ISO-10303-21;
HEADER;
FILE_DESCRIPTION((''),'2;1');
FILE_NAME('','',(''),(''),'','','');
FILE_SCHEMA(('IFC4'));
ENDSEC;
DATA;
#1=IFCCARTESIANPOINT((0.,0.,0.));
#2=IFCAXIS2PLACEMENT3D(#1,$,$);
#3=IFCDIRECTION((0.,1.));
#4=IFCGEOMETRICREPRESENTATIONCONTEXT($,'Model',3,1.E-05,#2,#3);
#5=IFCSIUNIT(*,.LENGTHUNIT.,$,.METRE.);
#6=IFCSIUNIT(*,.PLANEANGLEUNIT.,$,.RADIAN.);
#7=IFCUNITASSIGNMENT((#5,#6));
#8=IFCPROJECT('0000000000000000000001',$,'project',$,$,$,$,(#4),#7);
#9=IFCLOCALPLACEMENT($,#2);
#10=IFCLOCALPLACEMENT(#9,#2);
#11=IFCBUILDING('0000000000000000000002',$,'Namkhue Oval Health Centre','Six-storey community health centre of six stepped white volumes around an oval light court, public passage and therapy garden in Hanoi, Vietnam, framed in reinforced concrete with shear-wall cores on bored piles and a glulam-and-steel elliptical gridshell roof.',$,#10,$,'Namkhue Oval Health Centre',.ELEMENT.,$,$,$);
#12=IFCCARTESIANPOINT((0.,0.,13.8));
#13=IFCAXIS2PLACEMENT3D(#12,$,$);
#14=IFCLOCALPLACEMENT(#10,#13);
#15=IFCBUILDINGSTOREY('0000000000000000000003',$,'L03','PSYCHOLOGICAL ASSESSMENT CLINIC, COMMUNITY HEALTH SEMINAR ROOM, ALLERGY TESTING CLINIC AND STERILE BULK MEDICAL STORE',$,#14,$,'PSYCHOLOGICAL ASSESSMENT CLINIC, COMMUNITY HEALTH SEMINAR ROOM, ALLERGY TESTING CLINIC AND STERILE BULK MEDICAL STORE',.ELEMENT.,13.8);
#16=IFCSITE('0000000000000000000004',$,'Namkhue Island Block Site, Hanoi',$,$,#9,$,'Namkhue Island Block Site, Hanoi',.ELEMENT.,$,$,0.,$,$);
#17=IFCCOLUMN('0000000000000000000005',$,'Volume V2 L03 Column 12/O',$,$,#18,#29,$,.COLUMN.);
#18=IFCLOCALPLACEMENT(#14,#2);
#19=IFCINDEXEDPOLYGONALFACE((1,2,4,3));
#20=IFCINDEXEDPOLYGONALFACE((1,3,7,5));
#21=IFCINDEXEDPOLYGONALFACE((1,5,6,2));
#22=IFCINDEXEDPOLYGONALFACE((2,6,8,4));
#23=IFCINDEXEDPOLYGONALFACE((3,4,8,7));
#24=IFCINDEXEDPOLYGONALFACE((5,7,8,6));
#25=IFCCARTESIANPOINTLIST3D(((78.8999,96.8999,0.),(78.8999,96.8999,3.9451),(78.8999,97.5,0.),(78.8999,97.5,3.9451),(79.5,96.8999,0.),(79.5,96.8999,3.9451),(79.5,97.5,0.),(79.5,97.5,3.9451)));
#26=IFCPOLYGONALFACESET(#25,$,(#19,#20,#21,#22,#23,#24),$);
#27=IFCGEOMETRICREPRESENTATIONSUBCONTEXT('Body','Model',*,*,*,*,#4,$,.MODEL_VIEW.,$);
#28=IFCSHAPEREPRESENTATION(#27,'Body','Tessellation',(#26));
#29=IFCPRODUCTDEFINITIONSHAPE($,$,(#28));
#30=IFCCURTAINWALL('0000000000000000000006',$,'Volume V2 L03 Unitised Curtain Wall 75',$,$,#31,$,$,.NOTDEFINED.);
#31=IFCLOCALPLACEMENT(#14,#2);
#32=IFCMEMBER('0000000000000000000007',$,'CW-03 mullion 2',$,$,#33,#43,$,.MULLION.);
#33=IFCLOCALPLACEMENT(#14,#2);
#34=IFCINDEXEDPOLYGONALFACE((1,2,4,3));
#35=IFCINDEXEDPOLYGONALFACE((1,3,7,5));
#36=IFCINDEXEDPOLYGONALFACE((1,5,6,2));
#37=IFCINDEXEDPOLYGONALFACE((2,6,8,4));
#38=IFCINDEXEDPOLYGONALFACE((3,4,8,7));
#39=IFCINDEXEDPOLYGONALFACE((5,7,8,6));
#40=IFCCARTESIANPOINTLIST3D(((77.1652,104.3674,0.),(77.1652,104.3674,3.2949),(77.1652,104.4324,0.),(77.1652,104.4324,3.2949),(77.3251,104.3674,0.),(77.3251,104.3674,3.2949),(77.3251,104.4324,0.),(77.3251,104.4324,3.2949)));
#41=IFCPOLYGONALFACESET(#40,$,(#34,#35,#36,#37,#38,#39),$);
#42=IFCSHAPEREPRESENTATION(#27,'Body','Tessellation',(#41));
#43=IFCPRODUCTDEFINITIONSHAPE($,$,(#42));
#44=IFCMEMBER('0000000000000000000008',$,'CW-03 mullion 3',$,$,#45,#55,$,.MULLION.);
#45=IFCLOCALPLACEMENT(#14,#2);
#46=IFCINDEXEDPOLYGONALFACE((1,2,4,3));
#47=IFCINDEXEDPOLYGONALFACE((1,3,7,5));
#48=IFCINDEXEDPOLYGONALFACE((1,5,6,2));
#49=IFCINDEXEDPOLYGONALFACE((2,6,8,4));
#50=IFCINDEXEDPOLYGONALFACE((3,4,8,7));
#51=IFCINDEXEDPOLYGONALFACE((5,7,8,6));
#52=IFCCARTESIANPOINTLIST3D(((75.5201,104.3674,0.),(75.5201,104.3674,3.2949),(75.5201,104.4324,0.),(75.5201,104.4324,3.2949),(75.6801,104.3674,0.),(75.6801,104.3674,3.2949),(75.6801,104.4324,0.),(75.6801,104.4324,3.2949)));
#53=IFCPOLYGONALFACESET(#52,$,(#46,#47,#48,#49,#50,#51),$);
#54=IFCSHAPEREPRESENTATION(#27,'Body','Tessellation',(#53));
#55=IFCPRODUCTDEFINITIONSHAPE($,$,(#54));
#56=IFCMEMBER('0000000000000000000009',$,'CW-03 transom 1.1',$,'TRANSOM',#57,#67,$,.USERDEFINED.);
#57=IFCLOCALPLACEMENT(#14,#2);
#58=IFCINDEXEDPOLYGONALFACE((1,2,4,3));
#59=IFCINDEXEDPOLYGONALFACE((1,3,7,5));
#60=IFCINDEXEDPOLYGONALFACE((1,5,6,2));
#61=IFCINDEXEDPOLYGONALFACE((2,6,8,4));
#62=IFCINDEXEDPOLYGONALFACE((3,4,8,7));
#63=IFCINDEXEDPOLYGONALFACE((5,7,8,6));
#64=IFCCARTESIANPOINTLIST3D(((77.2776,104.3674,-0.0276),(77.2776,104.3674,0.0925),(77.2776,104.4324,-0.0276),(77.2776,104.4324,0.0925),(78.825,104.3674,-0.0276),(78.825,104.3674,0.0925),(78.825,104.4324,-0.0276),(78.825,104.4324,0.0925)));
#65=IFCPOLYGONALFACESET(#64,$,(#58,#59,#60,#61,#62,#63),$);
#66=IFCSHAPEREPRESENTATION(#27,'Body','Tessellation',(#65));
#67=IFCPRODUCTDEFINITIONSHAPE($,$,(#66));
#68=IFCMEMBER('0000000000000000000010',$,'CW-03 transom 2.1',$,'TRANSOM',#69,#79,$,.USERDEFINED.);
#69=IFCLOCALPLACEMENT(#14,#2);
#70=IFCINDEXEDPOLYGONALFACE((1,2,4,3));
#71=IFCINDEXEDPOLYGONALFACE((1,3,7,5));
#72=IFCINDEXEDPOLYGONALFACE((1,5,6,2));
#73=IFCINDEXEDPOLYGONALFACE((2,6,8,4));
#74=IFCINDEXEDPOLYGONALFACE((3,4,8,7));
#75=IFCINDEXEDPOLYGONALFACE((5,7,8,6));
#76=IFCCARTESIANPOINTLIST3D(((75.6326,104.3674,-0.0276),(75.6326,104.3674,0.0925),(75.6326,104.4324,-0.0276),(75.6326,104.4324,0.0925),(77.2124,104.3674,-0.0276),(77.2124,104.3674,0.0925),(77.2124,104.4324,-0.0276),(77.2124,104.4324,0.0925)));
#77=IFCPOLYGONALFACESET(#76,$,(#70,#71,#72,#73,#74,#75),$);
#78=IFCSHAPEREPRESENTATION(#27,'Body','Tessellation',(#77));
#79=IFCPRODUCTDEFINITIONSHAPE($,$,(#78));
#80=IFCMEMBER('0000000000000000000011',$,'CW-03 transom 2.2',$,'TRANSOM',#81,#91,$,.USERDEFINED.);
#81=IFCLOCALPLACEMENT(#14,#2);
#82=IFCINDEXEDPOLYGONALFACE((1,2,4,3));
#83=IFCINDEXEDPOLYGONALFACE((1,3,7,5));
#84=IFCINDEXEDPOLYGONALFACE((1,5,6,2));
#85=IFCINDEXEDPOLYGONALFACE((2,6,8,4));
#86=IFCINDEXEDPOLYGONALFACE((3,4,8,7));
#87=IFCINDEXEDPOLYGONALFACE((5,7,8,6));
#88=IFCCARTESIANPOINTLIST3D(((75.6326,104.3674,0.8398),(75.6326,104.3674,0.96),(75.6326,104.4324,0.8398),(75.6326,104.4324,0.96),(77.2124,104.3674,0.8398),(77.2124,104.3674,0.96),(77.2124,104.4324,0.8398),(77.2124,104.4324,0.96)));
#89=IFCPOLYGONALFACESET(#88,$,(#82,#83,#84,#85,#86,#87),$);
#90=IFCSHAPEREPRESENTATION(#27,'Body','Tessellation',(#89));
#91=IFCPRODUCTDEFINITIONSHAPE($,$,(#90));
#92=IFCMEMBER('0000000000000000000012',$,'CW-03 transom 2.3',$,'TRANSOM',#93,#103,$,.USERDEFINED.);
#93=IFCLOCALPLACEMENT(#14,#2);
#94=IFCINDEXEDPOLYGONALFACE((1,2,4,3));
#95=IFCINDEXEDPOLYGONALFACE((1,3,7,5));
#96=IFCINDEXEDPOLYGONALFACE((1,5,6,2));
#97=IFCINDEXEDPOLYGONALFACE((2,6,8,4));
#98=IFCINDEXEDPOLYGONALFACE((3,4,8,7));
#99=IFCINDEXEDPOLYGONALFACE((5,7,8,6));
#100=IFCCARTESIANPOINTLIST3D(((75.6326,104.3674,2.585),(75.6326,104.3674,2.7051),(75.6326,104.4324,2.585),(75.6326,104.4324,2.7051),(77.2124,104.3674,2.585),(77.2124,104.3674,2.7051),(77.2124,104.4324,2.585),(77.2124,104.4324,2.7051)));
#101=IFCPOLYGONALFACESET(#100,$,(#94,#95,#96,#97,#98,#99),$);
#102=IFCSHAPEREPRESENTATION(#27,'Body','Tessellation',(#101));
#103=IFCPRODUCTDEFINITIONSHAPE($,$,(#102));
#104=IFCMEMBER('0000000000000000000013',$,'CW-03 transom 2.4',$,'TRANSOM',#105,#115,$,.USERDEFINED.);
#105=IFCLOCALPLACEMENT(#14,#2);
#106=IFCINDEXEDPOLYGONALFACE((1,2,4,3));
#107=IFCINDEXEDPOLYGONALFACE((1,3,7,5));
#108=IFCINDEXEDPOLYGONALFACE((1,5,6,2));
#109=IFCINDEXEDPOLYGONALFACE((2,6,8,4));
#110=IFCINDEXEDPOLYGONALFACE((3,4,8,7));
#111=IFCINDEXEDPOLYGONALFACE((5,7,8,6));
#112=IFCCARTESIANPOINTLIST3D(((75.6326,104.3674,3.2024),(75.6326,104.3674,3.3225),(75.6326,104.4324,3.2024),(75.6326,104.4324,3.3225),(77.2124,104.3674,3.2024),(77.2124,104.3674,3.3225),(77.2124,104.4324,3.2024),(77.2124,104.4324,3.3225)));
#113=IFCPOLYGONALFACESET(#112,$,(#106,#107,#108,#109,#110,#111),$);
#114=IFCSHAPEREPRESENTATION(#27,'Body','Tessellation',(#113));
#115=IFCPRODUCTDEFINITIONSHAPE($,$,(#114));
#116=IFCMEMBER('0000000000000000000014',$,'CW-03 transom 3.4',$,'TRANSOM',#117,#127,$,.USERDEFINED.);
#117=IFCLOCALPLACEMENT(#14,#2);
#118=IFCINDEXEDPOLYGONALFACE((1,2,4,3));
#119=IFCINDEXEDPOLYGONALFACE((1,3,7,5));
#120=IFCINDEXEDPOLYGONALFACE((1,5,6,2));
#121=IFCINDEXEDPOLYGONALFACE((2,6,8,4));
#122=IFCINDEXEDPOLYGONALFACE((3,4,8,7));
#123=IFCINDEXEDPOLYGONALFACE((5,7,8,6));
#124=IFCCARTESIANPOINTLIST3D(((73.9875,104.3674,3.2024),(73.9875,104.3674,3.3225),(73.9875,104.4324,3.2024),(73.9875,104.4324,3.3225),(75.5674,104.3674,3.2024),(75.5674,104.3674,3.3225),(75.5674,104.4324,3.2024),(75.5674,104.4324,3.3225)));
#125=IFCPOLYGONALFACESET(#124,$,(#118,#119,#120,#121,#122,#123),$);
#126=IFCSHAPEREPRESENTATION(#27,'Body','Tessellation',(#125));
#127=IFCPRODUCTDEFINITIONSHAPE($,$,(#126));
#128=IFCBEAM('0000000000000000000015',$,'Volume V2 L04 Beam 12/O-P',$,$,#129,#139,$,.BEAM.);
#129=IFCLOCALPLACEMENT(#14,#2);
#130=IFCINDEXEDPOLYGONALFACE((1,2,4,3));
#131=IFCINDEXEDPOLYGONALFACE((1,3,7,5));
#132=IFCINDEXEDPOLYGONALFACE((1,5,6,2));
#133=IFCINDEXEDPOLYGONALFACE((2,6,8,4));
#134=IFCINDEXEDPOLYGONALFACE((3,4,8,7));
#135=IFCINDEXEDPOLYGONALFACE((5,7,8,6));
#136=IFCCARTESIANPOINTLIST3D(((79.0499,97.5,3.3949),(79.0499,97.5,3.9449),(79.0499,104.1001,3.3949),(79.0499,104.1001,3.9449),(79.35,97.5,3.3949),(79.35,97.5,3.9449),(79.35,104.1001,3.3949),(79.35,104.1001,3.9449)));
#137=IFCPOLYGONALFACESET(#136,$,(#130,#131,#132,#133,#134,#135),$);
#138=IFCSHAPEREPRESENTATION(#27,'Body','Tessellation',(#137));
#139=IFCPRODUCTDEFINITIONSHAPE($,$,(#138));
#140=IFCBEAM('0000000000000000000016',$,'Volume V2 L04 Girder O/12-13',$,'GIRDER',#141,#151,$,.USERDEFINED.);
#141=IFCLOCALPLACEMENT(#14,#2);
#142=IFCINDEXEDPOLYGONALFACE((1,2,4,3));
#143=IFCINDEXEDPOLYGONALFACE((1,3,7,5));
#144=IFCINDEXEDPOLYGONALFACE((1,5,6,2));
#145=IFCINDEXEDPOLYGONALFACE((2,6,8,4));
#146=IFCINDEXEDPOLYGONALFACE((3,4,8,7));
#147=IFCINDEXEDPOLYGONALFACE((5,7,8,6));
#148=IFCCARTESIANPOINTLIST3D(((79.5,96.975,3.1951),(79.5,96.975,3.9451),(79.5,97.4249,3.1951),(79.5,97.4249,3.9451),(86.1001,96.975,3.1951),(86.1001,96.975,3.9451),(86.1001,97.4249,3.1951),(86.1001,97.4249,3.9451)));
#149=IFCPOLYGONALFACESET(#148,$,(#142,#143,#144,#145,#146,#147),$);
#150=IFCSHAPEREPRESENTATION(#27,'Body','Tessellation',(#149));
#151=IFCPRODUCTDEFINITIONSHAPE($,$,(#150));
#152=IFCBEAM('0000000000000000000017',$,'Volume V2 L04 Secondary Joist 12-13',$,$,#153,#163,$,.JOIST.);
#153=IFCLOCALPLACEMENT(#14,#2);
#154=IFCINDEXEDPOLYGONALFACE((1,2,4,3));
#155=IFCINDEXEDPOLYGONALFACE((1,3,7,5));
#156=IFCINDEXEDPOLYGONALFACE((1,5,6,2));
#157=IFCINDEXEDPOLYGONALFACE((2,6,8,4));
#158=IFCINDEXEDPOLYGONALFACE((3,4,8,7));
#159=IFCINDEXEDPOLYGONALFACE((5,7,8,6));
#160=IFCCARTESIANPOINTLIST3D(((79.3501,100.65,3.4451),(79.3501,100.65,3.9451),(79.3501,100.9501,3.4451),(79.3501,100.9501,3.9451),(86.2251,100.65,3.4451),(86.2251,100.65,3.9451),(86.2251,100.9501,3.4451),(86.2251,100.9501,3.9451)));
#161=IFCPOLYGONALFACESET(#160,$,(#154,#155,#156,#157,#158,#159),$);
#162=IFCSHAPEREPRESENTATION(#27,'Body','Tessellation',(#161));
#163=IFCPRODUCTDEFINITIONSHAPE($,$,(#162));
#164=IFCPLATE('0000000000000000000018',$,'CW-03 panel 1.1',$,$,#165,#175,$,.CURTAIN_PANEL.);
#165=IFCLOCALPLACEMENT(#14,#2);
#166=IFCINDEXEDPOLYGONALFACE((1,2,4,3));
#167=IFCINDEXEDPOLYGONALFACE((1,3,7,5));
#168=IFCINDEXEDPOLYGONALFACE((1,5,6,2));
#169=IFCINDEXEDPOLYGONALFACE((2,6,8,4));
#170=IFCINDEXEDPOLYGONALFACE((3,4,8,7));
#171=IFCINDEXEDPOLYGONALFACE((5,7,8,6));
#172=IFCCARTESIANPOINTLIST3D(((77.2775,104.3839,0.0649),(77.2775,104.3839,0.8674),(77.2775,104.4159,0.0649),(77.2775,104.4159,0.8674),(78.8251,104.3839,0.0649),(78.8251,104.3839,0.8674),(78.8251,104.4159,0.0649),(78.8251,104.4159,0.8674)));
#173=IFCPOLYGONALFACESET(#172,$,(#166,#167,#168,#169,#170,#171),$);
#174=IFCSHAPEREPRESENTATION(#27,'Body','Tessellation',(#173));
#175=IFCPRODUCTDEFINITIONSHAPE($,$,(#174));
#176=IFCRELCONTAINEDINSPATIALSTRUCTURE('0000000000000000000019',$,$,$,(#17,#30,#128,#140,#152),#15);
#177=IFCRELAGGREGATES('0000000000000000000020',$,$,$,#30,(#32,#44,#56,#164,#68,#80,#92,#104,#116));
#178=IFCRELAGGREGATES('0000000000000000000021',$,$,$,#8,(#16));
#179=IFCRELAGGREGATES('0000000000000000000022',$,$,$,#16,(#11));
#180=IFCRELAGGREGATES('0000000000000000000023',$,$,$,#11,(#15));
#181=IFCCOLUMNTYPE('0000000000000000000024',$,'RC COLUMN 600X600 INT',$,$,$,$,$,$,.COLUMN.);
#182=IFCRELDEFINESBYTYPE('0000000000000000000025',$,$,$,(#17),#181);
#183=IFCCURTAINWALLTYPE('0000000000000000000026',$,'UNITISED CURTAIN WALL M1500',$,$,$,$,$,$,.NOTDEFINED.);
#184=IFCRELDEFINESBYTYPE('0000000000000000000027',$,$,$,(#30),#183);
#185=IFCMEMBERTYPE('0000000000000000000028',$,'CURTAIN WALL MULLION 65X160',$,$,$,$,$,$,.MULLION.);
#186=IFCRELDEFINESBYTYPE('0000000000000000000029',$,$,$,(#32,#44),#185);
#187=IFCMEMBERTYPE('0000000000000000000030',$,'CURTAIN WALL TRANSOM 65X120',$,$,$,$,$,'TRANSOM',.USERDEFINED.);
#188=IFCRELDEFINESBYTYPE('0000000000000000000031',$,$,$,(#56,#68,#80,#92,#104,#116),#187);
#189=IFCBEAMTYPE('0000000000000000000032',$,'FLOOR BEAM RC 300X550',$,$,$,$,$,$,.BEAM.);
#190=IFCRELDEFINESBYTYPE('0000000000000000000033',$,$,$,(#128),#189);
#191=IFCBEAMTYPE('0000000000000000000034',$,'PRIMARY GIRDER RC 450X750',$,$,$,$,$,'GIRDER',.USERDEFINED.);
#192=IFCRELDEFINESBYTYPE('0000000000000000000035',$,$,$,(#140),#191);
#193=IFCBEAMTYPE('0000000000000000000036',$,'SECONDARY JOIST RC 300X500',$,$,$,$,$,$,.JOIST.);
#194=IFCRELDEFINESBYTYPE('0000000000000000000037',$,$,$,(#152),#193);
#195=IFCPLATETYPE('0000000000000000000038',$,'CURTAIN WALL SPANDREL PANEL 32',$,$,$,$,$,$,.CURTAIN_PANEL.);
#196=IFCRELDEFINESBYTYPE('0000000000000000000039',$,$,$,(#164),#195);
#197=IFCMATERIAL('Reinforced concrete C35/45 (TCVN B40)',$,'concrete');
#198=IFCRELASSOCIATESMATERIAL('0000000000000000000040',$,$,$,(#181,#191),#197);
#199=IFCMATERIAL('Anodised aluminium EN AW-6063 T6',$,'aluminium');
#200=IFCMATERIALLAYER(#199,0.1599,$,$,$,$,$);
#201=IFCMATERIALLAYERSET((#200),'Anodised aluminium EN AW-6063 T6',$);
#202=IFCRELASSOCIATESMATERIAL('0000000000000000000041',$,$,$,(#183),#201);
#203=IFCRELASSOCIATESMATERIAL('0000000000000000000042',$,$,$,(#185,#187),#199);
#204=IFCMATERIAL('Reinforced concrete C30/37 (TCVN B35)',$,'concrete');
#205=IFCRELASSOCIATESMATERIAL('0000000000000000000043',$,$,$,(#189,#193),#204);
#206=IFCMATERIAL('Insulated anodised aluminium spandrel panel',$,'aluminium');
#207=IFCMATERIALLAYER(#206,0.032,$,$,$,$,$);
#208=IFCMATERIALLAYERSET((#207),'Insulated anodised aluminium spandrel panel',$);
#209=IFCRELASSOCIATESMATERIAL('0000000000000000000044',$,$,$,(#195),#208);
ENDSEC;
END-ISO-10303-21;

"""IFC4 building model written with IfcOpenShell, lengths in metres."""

from ifc_helpers import new_model, si_unit, direction, frame, origin, origin_2d, place, context, subcontext, project, spatial, rectangle, extrude, material, layer, layer_set, material_profile, profile_set, type_object, element, aggregate, save


model = new_model("IFC4")

# Units and contexts
model_context = context("Model", 3, precision=1e-05, world=origin(), true_north=direction((0.0, 1.0)))
body_context = subcontext(model_context, "Body", "Model", "MODEL_VIEW")
ifc_project = project(units=[si_unit("LENGTHUNIT", "METRE"), si_unit("PLANEANGLEUNIT", "RADIAN")], contexts=[model_context])

# Site, building, storey
site_placement = place(None, origin())
site = spatial("IfcSite", under=ifc_project, at=site_placement, Name="Namkhue Island Block Site, Hanoi", LongName="Namkhue Island Block Site, Hanoi", CompositionType="ELEMENT", RefElevation=0.0)
building_placement = place(site_placement, origin())
building = spatial("IfcBuilding", under=site, at=building_placement, Name="Namkhue Oval Health Centre", Description="Six-storey community health centre of six stepped white volumes around an oval light court, public passage and therapy garden in Hanoi, Vietnam, framed in reinforced concrete with shear-wall cores on bored piles and a glulam-and-steel elliptical gridshell roof.", LongName="Namkhue Oval Health Centre", CompositionType="ELEMENT")
storey_placement = place(building_placement, frame((0.0, 0.0, 13.8)))
storey = spatial("IfcBuildingStorey", under=building, at=storey_placement, Name="L03", Description="PSYCHOLOGICAL ASSESSMENT CLINIC, COMMUNITY HEALTH SEMINAR ROOM, ALLERGY TESTING CLINIC AND STERILE BULK MEDICAL STORE", LongName="PSYCHOLOGICAL ASSESSMENT CLINIC, COMMUNITY HEALTH SEMINAR ROOM, ALLERGY TESTING CLINIC AND STERILE BULK MEDICAL STORE", CompositionType="ELEMENT", Elevation=13.8)

# Column
ifc_material_1 = material(Name="Reinforced concrete C35/45 (TCVN B40)", Category="concrete")
ifc_material_profile_1 = material_profile(ifc_material_1, rectangle(XDim=0.6001, YDim=0.6001, at=origin_2d()), Name="RC 600x600")
ifc_profile_set_1 = profile_set([ifc_material_profile_1], Name="Reinforced concrete C35/45 (TCVN B40)")
column_type = type_object("IfcColumnType", Name="RC COLUMN 600X600 INT", PredefinedType="COLUMN", material=ifc_profile_set_1)
column_placement = place(storey_placement, frame((79.2, 97.2, 0.0), z_axis=(0.0, 0.0, 1.0), x_axis=(1.0, 0.0, 0.0)))
element("IfcColumn", 1, at=column_placement, inside=storey, type_object=column_type, Name="Volume V2 L03 Column 12/O", PredefinedType="COLUMN", context=body_context, shape_type="SweptSolid", body=[
    extrude(rectangle(XDim=0.6001, YDim=0.6001, at=origin_2d()), origin(), (0.0, 0.0, 1.0), 3.9451),
])

# Curtain wall, members
ifc_material_2 = material(Name="Anodised aluminium EN AW-6063 T6", Category="aluminium")
ifc_layer_1 = layer(ifc_material_2, 0.1599)
ifc_layer_set_1 = layer_set([ifc_layer_1], Name="Anodised aluminium EN AW-6063 T6")
curtain_wall_type = type_object("IfcCurtainWallType", Name="UNITISED CURTAIN WALL M1500", PredefinedType="NOTDEFINED", material=ifc_layer_set_1)
curtain_wall_placement = place(storey_placement, origin())
curtain_wall = element("IfcCurtainWall", 2, at=curtain_wall_placement, inside=storey, type_object=curtain_wall_type, Name="Volume V2 L03 Unitised Curtain Wall 75", PredefinedType="NOTDEFINED")
ifc_material_profile_2 = material_profile(ifc_material_2, rectangle(XDim=0.0649, YDim=0.1599, at=origin_2d()), Name="ALU 65x160")
ifc_profile_set_2 = profile_set([ifc_material_profile_2], Name="Anodised aluminium EN AW-6063 T6")
member_type_1 = type_object("IfcMemberType", Name="CURTAIN WALL MULLION 65X160", PredefinedType="MULLION", material=ifc_profile_set_2)
member_1_placement = place(storey_placement, frame((77.2451, 104.3999, 0.0), z_axis=(0.0, 0.0, 1.0), x_axis=(0.0, -1.0, 0.0)))
member_1 = element("IfcMember", 3, at=member_1_placement, type_object=member_type_1, Name="CW-03 mullion 2", PredefinedType="MULLION", context=body_context, shape_type="SweptSolid", body=[
    extrude(rectangle(XDim=0.0649, YDim=0.1599, at=origin_2d()), origin(), (0.0, 0.0, 1.0), 3.2949),
])
member_2_placement = place(storey_placement, frame((75.6001, 104.3999, 0.0), z_axis=(0.0, 0.0, 1.0), x_axis=(0.0, -1.0, 0.0)))
member_2 = element("IfcMember", 4, at=member_2_placement, type_object=member_type_1, Name="CW-03 mullion 3", PredefinedType="MULLION", context=body_context, shape_type="SweptSolid", body=[
    extrude(rectangle(XDim=0.0649, YDim=0.1599, at=origin_2d()), origin(), (0.0, 0.0, 1.0), 3.2949),
])
ifc_material_profile_3 = material_profile(ifc_material_2, rectangle(XDim=0.0649, YDim=0.1201, at=origin_2d()), Name="ALU 65x120")
ifc_profile_set_3 = profile_set([ifc_material_profile_3], Name="Anodised aluminium EN AW-6063 T6")
member_type_2 = type_object("IfcMemberType", Name="CURTAIN WALL TRANSOM 65X120", ElementType="TRANSOM", PredefinedType="USERDEFINED", material=ifc_profile_set_3)
member_3_placement = place(storey_placement, frame((78.825, 104.3999, 0.0325), z_axis=(-1.0, 0.0, 0.0), x_axis=(0.0, -1.0, 0.0)))
member_3 = element("IfcMember", 5, at=member_3_placement, type_object=member_type_2, Name="CW-03 transom 1.1", ObjectType="TRANSOM", PredefinedType="USERDEFINED", context=body_context, shape_type="SweptSolid", body=[
    extrude(rectangle(XDim=0.0649, YDim=0.1201, at=origin_2d()), origin(), (0.0, 0.0, 1.0), 1.5474),
])
member_4_placement = place(storey_placement, frame((77.2124, 104.3999, 0.0325), z_axis=(-1.0, 0.0, 0.0), x_axis=(0.0, -1.0, 0.0)))
member_4 = element("IfcMember", 6, at=member_4_placement, type_object=member_type_2, Name="CW-03 transom 2.1", ObjectType="TRANSOM", PredefinedType="USERDEFINED", context=body_context, shape_type="SweptSolid", body=[
    extrude(rectangle(XDim=0.0649, YDim=0.1201, at=origin_2d()), origin(), (0.0, 0.0, 1.0), 1.5798),
])
member_5_placement = place(storey_placement, frame((77.2124, 104.3999, 0.8999), z_axis=(-1.0, 0.0, 0.0), x_axis=(0.0, -1.0, 0.0)))
member_5 = element("IfcMember", 7, at=member_5_placement, type_object=member_type_2, Name="CW-03 transom 2.2", ObjectType="TRANSOM", PredefinedType="USERDEFINED", context=body_context, shape_type="SweptSolid", body=[
    extrude(rectangle(XDim=0.0649, YDim=0.1201, at=origin_2d()), origin(), (0.0, 0.0, 1.0), 1.5798),
])
member_6_placement = place(storey_placement, frame((77.2124, 104.3999, 2.645), z_axis=(-1.0, 0.0, 0.0), x_axis=(0.0, -1.0, 0.0)))
member_6 = element("IfcMember", 8, at=member_6_placement, type_object=member_type_2, Name="CW-03 transom 2.3", ObjectType="TRANSOM", PredefinedType="USERDEFINED", context=body_context, shape_type="SweptSolid", body=[
    extrude(rectangle(XDim=0.0649, YDim=0.1201, at=origin_2d()), origin(), (0.0, 0.0, 1.0), 1.5798),
])
member_7_placement = place(storey_placement, frame((77.2124, 104.3999, 3.2625), z_axis=(-1.0, 0.0, 0.0), x_axis=(0.0, -1.0, 0.0)))
member_7 = element("IfcMember", 9, at=member_7_placement, type_object=member_type_2, Name="CW-03 transom 2.4", ObjectType="TRANSOM", PredefinedType="USERDEFINED", context=body_context, shape_type="SweptSolid", body=[
    extrude(rectangle(XDim=0.0649, YDim=0.1201, at=origin_2d()), origin(), (0.0, 0.0, 1.0), 1.5798),
])
member_8_placement = place(storey_placement, frame((75.5674, 104.3999, 3.2625), z_axis=(-1.0, 0.0, 0.0), x_axis=(0.0, -1.0, 0.0)))
member_8 = element("IfcMember", 10, at=member_8_placement, type_object=member_type_2, Name="CW-03 transom 3.4", ObjectType="TRANSOM", PredefinedType="USERDEFINED", context=body_context, shape_type="SweptSolid", body=[
    extrude(rectangle(XDim=0.0649, YDim=0.1201, at=origin_2d()), origin(), (0.0, 0.0, 1.0), 1.5798),
])

# Beams
ifc_material_3 = material(Name="Reinforced concrete C30/37 (TCVN B35)", Category="concrete")
ifc_material_profile_4 = material_profile(ifc_material_3, rectangle(XDim=0.3, YDim=0.55, at=origin_2d()), Name="RC 300x550")
ifc_profile_set_4 = profile_set([ifc_material_profile_4], Name="Reinforced concrete C30/37 (TCVN B35)")
beam_type_1 = type_object("IfcBeamType", Name="FLOOR BEAM RC 300X550", PredefinedType="BEAM", material=ifc_profile_set_4)
beam_1_placement = place(storey_placement, frame((79.2, 97.5, 3.6699), z_axis=(0.0, 1.0, 0.0), x_axis=(-1.0, 0.0, 0.0)))
element("IfcBeam", 11, at=beam_1_placement, inside=storey, type_object=beam_type_1, Name="Volume V2 L04 Beam 12/O-P", PredefinedType="BEAM", context=body_context, shape_type="SweptSolid", body=[
    extrude(rectangle(XDim=0.3, YDim=0.55, at=origin_2d()), origin(), (0.0, 0.0, 1.0), 6.6001),
])
ifc_material_profile_5 = material_profile(ifc_material_1, rectangle(XDim=0.45, YDim=0.75, at=origin_2d()), Name="RC 450x750")
ifc_profile_set_5 = profile_set([ifc_material_profile_5], Name="Reinforced concrete C35/45 (TCVN B40)")
beam_type_2 = type_object("IfcBeamType", Name="PRIMARY GIRDER RC 450X750", ElementType="GIRDER", PredefinedType="USERDEFINED", material=ifc_profile_set_5)
beam_2_placement = place(storey_placement, frame((79.5, 97.2, 3.5701), z_axis=(1.0, 0.0, 0.0), x_axis=(0.0, 1.0, 0.0)))
element("IfcBeam", 12, at=beam_2_placement, inside=storey, type_object=beam_type_2, Name="Volume V2 L04 Girder O/12-13", ObjectType="GIRDER", PredefinedType="USERDEFINED", context=body_context, shape_type="SweptSolid", body=[
    extrude(rectangle(XDim=0.45, YDim=0.75, at=origin_2d()), origin(), (0.0, 0.0, 1.0), 6.6001),
])
ifc_material_profile_6 = material_profile(ifc_material_3, rectangle(XDim=0.3, YDim=0.5, at=origin_2d()), Name="RC 300x500")
ifc_profile_set_6 = profile_set([ifc_material_profile_6], Name="Reinforced concrete C30/37 (TCVN B35)")
beam_type_3 = type_object("IfcBeamType", Name="SECONDARY JOIST RC 300X500", PredefinedType="JOIST", material=ifc_profile_set_6)
beam_3_placement = place(storey_placement, frame((79.3501, 100.8, 3.6951), z_axis=(1.0, 0.0, 0.0), x_axis=(0.0, 1.0, 0.0)))
element("IfcBeam", 13, at=beam_3_placement, inside=storey, type_object=beam_type_3, Name="Volume V2 L04 Secondary Joist 12-13", PredefinedType="JOIST", context=body_context, shape_type="SweptSolid", body=[
    extrude(rectangle(XDim=0.3, YDim=0.5, at=origin_2d()), origin(), (0.0, 0.0, 1.0), 6.875),
])

# Plate
ifc_material_4 = material(Name="Insulated anodised aluminium spandrel panel", Category="aluminium")
ifc_layer_2 = layer(ifc_material_4, 0.032)
ifc_layer_set_2 = layer_set([ifc_layer_2], Name="Insulated anodised aluminium spandrel panel")
plate_type = type_object("IfcPlateType", Name="CURTAIN WALL SPANDREL PANEL 32", PredefinedType="CURTAIN_PANEL", material=ifc_layer_set_2)
plate_1_placement = place(storey_placement, frame((78.0513, 104.3999, 0.0649), z_axis=(0.0, 0.0, 1.0), x_axis=(-1.0, 0.0, 0.0)))
plate_1 = element("IfcPlate", 14, at=plate_1_placement, type_object=plate_type, Name="CW-03 panel 1.1", PredefinedType="CURTAIN_PANEL", context=body_context, shape_type="SweptSolid", body=[
    extrude(rectangle(XDim=1.5476, YDim=0.032, at=origin_2d()), origin(), (0.0, 0.0, 1.0), 0.8025),
])
aggregate(curtain_wall, [member_1, member_2, member_3, plate_1, member_4, member_5, member_6, member_7, member_8])

save(model, "model.ifc")
